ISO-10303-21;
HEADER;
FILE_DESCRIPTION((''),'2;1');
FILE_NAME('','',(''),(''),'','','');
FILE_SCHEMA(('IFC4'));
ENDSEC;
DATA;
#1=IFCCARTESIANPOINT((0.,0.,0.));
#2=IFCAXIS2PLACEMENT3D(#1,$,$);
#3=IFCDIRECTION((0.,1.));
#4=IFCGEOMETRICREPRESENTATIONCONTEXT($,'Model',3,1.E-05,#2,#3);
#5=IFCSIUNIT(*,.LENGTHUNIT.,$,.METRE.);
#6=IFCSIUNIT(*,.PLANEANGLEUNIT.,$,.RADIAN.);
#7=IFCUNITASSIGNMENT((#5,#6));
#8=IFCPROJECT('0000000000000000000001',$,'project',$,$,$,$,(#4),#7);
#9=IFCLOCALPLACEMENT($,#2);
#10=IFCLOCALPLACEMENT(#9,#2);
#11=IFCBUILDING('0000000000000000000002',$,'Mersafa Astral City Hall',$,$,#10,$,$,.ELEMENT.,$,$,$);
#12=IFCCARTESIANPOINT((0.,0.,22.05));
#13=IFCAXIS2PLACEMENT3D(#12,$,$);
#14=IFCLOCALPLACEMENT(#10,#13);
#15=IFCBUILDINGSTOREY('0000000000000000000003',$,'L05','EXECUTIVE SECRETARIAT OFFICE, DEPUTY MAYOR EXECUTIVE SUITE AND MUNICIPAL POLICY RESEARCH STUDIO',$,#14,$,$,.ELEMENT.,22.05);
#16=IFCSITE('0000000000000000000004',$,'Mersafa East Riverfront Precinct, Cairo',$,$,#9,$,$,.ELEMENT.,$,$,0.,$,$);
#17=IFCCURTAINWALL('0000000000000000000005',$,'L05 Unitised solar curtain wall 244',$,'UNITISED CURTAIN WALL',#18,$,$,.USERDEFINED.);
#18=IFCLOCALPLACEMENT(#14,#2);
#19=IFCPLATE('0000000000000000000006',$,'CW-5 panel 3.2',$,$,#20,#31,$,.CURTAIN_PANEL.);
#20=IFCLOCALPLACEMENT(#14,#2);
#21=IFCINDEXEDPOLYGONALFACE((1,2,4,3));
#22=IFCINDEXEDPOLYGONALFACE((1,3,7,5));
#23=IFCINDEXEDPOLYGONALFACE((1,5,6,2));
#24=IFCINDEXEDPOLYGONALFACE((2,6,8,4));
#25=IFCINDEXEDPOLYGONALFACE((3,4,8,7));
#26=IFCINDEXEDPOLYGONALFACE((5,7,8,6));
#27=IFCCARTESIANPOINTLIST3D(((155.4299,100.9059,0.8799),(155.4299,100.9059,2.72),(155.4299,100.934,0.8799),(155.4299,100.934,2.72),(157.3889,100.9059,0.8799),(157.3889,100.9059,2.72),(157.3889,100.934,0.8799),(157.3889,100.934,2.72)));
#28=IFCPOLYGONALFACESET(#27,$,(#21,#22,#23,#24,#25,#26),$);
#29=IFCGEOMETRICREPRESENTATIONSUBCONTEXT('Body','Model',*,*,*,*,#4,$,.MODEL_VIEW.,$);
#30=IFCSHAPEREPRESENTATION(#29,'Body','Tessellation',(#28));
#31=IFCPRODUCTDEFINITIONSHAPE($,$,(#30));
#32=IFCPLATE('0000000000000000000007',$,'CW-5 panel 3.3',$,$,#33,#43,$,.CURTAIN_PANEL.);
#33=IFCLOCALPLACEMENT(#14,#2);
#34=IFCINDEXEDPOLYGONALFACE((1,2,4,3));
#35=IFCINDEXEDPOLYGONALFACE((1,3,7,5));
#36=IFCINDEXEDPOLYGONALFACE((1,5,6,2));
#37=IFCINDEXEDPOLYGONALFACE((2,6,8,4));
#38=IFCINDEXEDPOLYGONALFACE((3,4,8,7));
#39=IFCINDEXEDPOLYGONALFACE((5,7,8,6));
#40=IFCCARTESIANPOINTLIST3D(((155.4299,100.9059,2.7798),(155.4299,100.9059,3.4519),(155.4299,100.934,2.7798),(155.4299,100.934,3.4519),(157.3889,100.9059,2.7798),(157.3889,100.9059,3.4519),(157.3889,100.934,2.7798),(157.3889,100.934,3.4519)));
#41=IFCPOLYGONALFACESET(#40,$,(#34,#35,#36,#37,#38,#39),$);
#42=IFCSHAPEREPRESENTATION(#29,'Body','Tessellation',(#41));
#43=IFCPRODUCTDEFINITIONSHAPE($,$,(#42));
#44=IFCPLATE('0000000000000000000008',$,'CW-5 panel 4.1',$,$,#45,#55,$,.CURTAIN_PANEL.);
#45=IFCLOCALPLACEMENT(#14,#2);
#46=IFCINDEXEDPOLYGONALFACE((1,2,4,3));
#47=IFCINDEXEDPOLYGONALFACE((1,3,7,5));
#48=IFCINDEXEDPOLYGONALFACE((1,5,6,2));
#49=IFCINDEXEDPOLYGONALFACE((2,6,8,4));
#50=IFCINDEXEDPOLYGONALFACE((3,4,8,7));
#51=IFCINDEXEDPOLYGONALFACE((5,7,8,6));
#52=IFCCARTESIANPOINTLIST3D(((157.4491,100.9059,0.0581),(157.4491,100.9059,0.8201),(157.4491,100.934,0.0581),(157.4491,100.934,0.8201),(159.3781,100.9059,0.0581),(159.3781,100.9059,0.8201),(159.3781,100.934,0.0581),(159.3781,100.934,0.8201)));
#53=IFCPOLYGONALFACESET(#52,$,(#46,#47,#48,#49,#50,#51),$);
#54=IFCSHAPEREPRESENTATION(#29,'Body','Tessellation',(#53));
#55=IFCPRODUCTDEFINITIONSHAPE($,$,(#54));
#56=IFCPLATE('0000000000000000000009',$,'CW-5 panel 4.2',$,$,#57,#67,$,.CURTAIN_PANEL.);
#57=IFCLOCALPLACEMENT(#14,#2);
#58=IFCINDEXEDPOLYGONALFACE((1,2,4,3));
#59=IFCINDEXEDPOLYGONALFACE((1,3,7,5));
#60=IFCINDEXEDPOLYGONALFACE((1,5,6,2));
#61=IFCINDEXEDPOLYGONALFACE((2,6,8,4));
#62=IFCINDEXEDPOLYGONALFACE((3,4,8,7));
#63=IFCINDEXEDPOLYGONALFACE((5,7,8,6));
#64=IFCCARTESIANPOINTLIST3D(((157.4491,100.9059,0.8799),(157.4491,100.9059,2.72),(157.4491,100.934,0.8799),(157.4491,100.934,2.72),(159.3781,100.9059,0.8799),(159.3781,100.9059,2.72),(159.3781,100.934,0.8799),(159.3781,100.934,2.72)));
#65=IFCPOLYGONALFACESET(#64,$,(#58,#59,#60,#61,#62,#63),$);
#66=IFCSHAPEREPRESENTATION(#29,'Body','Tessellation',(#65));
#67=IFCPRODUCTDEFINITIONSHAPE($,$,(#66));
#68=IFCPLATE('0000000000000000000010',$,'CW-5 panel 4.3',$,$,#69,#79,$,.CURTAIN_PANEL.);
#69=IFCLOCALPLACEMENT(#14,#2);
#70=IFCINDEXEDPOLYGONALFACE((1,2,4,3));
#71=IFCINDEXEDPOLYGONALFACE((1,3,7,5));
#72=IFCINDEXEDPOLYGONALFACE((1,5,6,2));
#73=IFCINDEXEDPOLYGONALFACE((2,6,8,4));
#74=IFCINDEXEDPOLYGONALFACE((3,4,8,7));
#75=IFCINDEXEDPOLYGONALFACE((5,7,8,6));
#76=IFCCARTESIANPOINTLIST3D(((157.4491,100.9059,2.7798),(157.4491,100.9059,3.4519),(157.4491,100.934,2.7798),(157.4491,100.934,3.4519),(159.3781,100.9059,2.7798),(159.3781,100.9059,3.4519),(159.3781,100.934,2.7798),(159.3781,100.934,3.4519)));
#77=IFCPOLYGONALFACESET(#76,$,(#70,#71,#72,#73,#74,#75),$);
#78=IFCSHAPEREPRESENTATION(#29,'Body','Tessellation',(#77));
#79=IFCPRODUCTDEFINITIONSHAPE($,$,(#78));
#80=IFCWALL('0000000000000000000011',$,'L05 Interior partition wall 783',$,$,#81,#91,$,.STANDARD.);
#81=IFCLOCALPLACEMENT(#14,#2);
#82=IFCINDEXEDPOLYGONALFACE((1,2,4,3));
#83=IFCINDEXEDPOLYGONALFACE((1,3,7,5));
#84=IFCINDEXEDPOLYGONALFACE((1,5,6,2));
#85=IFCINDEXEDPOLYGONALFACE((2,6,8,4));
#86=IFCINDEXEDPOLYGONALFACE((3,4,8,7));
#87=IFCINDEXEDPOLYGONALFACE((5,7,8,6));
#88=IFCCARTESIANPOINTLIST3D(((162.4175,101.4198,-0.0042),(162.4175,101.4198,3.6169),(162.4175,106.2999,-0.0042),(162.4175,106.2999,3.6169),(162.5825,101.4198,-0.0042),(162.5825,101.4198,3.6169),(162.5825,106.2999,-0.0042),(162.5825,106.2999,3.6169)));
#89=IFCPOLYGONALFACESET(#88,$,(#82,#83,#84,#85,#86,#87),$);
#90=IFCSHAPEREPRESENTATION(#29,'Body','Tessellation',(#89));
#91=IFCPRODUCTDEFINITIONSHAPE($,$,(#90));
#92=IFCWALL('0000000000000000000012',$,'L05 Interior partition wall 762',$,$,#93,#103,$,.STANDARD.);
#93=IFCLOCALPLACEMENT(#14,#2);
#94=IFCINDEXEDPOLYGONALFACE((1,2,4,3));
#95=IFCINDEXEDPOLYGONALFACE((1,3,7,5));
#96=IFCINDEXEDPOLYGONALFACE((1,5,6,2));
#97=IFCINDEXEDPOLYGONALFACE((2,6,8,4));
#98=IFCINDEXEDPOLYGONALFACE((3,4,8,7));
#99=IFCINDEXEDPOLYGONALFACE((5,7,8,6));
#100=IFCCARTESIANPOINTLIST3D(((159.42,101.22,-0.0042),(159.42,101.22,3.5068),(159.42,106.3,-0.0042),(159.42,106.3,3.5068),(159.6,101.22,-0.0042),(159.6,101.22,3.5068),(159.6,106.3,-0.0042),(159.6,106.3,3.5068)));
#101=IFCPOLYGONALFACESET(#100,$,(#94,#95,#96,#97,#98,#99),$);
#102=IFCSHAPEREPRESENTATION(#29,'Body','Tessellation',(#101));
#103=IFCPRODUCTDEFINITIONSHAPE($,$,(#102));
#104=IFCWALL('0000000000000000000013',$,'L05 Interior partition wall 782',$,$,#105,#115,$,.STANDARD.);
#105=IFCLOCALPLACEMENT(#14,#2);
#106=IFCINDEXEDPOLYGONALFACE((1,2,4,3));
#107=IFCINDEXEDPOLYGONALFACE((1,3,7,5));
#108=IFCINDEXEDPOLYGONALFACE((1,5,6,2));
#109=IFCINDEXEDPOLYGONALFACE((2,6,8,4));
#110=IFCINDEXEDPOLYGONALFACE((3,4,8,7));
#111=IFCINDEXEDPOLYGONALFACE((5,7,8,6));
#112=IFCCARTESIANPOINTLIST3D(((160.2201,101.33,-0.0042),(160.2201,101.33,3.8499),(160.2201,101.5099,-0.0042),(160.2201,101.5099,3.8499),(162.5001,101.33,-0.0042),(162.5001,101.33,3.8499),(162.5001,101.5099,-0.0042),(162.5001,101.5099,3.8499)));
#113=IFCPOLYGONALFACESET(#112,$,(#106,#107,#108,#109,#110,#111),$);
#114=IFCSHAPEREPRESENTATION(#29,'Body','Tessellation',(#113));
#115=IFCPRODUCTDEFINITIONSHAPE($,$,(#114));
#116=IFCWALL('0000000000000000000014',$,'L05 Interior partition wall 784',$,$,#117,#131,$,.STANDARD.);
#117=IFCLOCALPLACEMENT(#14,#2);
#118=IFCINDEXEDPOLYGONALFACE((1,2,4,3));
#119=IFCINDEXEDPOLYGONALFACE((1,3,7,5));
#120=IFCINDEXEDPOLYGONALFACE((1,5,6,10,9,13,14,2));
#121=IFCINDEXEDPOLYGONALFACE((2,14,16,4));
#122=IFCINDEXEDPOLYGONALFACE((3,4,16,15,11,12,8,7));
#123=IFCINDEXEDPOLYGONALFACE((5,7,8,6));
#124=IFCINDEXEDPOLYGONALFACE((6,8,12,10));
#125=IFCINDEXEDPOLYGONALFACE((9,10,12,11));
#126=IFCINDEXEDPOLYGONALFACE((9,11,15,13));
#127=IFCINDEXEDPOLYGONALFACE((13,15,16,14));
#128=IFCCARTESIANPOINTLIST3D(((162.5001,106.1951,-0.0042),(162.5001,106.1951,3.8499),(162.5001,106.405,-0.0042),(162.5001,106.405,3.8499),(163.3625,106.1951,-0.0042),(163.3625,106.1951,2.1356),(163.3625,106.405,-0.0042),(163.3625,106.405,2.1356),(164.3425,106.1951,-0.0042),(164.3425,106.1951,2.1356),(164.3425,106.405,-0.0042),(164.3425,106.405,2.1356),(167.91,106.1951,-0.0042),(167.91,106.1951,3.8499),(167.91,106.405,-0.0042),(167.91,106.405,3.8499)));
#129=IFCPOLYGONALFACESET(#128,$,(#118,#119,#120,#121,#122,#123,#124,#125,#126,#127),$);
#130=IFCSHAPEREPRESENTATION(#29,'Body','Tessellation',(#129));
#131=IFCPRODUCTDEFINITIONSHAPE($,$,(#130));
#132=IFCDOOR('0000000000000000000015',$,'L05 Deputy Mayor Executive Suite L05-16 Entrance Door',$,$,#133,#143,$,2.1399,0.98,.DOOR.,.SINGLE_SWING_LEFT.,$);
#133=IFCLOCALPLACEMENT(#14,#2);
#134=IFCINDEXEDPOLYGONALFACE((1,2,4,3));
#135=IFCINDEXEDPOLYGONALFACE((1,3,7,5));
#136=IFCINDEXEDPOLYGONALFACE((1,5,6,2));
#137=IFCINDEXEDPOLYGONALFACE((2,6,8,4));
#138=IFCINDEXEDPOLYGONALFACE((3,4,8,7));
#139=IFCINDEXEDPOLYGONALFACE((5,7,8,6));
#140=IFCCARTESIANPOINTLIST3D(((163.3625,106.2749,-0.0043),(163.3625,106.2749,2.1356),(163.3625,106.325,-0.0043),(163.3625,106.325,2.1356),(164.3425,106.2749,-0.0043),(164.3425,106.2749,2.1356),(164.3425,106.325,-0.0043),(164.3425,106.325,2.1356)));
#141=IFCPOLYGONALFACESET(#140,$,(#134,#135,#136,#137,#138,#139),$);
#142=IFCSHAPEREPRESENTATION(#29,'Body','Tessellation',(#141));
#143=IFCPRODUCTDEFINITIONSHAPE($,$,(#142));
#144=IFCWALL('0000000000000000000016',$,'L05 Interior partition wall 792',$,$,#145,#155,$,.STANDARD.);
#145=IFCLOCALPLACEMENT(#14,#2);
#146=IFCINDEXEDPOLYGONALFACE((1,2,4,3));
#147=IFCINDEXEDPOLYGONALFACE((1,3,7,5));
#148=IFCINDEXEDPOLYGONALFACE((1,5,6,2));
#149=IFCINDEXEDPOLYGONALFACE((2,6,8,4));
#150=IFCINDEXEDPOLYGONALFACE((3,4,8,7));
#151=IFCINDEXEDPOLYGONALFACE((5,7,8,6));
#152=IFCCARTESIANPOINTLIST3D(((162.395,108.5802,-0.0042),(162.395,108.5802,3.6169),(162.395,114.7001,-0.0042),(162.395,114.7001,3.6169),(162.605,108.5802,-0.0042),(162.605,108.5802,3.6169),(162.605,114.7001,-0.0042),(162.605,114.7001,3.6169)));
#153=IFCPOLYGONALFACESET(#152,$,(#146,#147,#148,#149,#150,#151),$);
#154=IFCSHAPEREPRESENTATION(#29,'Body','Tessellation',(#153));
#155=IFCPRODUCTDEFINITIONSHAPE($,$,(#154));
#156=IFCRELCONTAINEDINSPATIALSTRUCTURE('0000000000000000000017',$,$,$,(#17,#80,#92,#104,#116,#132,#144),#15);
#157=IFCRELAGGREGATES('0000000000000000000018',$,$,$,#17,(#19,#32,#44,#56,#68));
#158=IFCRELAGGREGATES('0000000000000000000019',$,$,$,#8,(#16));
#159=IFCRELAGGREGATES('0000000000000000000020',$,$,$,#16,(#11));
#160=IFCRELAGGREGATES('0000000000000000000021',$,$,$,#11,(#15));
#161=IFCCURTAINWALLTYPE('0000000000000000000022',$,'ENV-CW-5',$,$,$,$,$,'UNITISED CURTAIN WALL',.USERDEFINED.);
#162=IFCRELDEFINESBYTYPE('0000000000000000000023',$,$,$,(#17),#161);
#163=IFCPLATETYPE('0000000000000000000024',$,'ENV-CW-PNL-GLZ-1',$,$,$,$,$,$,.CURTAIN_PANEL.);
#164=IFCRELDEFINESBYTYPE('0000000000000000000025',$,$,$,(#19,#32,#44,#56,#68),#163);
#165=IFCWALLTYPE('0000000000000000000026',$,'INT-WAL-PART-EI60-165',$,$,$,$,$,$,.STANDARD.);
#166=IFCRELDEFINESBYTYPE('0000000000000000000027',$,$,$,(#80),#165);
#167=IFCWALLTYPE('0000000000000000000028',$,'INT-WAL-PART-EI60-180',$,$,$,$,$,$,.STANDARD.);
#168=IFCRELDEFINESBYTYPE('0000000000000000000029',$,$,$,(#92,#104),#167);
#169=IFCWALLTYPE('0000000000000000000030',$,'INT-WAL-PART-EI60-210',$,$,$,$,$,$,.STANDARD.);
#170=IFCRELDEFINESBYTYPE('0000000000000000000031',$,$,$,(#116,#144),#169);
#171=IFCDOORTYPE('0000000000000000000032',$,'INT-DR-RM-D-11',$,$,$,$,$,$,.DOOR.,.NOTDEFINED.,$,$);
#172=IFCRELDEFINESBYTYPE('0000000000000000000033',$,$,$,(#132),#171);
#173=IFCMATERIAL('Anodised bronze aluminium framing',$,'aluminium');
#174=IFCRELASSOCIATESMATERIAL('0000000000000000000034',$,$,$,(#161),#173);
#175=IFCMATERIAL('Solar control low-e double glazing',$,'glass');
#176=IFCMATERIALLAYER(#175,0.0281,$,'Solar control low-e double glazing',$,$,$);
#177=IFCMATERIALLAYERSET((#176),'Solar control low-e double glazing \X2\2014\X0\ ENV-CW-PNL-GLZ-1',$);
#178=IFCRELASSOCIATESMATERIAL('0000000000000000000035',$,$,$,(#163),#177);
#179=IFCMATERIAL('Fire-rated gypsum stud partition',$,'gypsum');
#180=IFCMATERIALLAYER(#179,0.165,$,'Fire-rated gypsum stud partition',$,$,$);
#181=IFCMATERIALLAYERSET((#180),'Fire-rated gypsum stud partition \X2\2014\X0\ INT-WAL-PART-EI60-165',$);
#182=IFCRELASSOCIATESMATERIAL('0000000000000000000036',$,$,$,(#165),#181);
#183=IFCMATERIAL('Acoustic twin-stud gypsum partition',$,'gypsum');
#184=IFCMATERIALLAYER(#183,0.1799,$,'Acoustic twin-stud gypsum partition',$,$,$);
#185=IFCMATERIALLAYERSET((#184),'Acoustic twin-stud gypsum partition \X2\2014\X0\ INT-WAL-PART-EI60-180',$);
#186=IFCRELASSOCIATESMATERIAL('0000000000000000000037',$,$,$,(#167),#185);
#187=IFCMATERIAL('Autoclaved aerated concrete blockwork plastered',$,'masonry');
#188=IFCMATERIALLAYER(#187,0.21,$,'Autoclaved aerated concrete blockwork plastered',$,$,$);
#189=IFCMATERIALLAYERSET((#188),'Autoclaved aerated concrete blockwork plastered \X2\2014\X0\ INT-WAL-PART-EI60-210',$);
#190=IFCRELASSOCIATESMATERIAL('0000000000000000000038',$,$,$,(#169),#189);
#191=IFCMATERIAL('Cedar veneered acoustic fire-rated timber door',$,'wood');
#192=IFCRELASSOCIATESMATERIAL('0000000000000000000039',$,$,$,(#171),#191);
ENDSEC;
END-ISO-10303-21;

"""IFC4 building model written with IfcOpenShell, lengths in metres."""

from ifc_helpers import new_model, si_unit, direction, frame, frame_2d, origin, origin_2d, place, context, subcontext, project, spatial, rectangle, extrude, material, layer, layer_set, type_object, element, fill, aggregate, save


model = new_model("IFC4")

# Units and contexts
model_context = context("Model", 3, precision=1e-05, world=origin(), true_north=direction((0.0, 1.0)))
body_context = subcontext(model_context, "Body", "Model", "MODEL_VIEW")
ifc_project = project(units=[si_unit("LENGTHUNIT", "METRE"), si_unit("PLANEANGLEUNIT", "RADIAN")], contexts=[model_context])

# Site, building, storey
site_placement = place(None, origin())
site = spatial("IfcSite", under=ifc_project, at=site_placement, Name="Mersafa East Riverfront Precinct, Cairo", CompositionType="ELEMENT", RefElevation=0.0)
building_placement = place(site_placement, origin())
building = spatial("IfcBuilding", under=site, at=building_placement, Name="Mersafa Astral City Hall", CompositionType="ELEMENT")
storey_placement = place(building_placement, frame((0.0, 0.0, 22.05)))
storey = spatial("IfcBuildingStorey", under=building, at=storey_placement, Name="L05", Description="EXECUTIVE SECRETARIAT OFFICE, DEPUTY MAYOR EXECUTIVE SUITE AND MUNICIPAL POLICY RESEARCH STUDIO", CompositionType="ELEMENT", Elevation=22.05)

# Curtain wall
ifc_material_1 = material(Name="Anodised bronze aluminium framing", Category="aluminium")
curtain_wall_type = type_object("IfcCurtainWallType", Name="ENV-CW-5", ElementType="UNITISED CURTAIN WALL", PredefinedType="USERDEFINED", material=ifc_material_1)
curtain_wall_placement = place(storey_placement, origin())
curtain_wall = element("IfcCurtainWall", 1, at=curtain_wall_placement, inside=storey, type_object=curtain_wall_type, Name="L05 Unitised solar curtain wall 244", ObjectType="UNITISED CURTAIN WALL", PredefinedType="USERDEFINED")

# Plates
ifc_material_2 = material(Name="Solar control low-e double glazing", Category="glass")
ifc_layer_1 = layer(ifc_material_2, 0.0281, Name="Solar control low-e double glazing")
ifc_layer_set_1 = layer_set([ifc_layer_1], Name="Solar control low-e double glazing — ENV-CW-PNL-GLZ-1")
plate_type = type_object("IfcPlateType", Name="ENV-CW-PNL-GLZ-1", PredefinedType="CURTAIN_PANEL", material=ifc_layer_set_1)
plate_1_placement = place(storey_placement, frame((156.4094, 100.9199, 0.8799), z_axis=(0.0, 0.0, 1.0), x_axis=(1.0, 0.0, 0.0)))
plate_1 = element("IfcPlate", 2, at=plate_1_placement, type_object=plate_type, Name="CW-5 panel 3.2", PredefinedType="CURTAIN_PANEL", context=body_context, shape_type="SweptSolid", body=[
    extrude(rectangle(XDim=1.959, YDim=0.0281, at=origin_2d()), origin(), (0.0, 0.0, 1.0), 1.8401),
])
plate_2_placement = place(storey_placement, frame((156.4094, 100.9199, 2.7798), z_axis=(0.0, 0.0, 1.0), x_axis=(1.0, 0.0, 0.0)))
plate_2 = element("IfcPlate", 3, at=plate_2_placement, type_object=plate_type, Name="CW-5 panel 3.3", PredefinedType="CURTAIN_PANEL", context=body_context, shape_type="SweptSolid", body=[
    extrude(rectangle(XDim=1.959, YDim=0.0281, at=origin_2d()), origin(), (0.0, 0.0, 1.0), 0.6721),
])
plate_3_placement = place(storey_placement, frame((158.4136, 100.9199, 0.0581), z_axis=(0.0, 0.0, 1.0), x_axis=(1.0, 0.0, 0.0)))
plate_3 = element("IfcPlate", 4, at=plate_3_placement, type_object=plate_type, Name="CW-5 panel 4.1", PredefinedType="CURTAIN_PANEL", context=body_context, shape_type="SweptSolid", body=[
    extrude(rectangle(XDim=1.929, YDim=0.0281, at=origin_2d()), origin(), (0.0, 0.0, 1.0), 0.762),
])
plate_4_placement = place(storey_placement, frame((158.4136, 100.9199, 0.8799), z_axis=(0.0, 0.0, 1.0), x_axis=(1.0, 0.0, 0.0)))
plate_4 = element("IfcPlate", 5, at=plate_4_placement, type_object=plate_type, Name="CW-5 panel 4.2", PredefinedType="CURTAIN_PANEL", context=body_context, shape_type="SweptSolid", body=[
    extrude(rectangle(XDim=1.929, YDim=0.0281, at=origin_2d()), origin(), (0.0, 0.0, 1.0), 1.8401),
])
plate_5_placement = place(storey_placement, frame((158.4136, 100.9199, 2.7798), z_axis=(0.0, 0.0, 1.0), x_axis=(1.0, 0.0, 0.0)))
plate_5 = element("IfcPlate", 6, at=plate_5_placement, type_object=plate_type, Name="CW-5 panel 4.3", PredefinedType="CURTAIN_PANEL", context=body_context, shape_type="SweptSolid", body=[
    extrude(rectangle(XDim=1.929, YDim=0.0281, at=origin_2d()), origin(), (0.0, 0.0, 1.0), 0.6721),
])
aggregate(curtain_wall, [plate_1, plate_2, plate_3, plate_4, plate_5])

# Walls
ifc_material_3 = material(Name="Fire-rated gypsum stud partition", Category="gypsum")
ifc_layer_2 = layer(ifc_material_3, 0.165, Name="Fire-rated gypsum stud partition")
ifc_layer_set_2 = layer_set([ifc_layer_2], Name="Fire-rated gypsum stud partition — INT-WAL-PART-EI60-165")
wall_type_1 = type_object("IfcWallType", Name="INT-WAL-PART-EI60-165", PredefinedType="STANDARD", material=ifc_layer_set_2)
wall_1_placement = place(storey_placement, frame((162.5, 101.4199, -0.0042), z_axis=(0.0, 0.0, 1.0), x_axis=(0.0, 1.0, 0.0)))
element("IfcWall", 7, at=wall_1_placement, inside=storey, type_object=wall_type_1, Name="L05 Interior partition wall 783", PredefinedType="STANDARD", context=body_context, shape_type="SweptSolid", body=[
    extrude(rectangle(XDim=4.8801, YDim=0.165, at=frame_2d((2.4399, 0.0))), origin(), (0.0, 0.0, 1.0), 3.6211),
])
ifc_material_4 = material(Name="Acoustic twin-stud gypsum partition", Category="gypsum")
ifc_layer_3 = layer(ifc_material_4, 0.1799, Name="Acoustic twin-stud gypsum partition")
ifc_layer_set_3 = layer_set([ifc_layer_3], Name="Acoustic twin-stud gypsum partition — INT-WAL-PART-EI60-180")
wall_type_2 = type_object("IfcWallType", Name="INT-WAL-PART-EI60-180", PredefinedType="STANDARD", material=ifc_layer_set_3)
wall_2_placement = place(storey_placement, frame((159.51, 106.3, -0.0042), z_axis=(0.0, 0.0, 1.0), x_axis=(0.0, -1.0, 0.0)))
element("IfcWall", 8, at=wall_2_placement, inside=storey, type_object=wall_type_2, Name="L05 Interior partition wall 762", PredefinedType="STANDARD", context=body_context, shape_type="SweptSolid", body=[
    extrude(rectangle(XDim=5.0801, YDim=0.1799, at=frame_2d((2.54, 0.0))), origin(), (0.0, 0.0, 1.0), 3.511),
])
wall_3_placement = place(storey_placement, frame((160.22, 101.4199, -0.0042), z_axis=(0.0, 0.0, 1.0), x_axis=(1.0, 0.0, 0.0)))
element("IfcWall", 9, at=wall_3_placement, inside=storey, type_object=wall_type_2, Name="L05 Interior partition wall 782", PredefinedType="STANDARD", context=body_context, shape_type="SweptSolid", body=[
    extrude(rectangle(XDim=2.28, YDim=0.1799, at=frame_2d((1.1401, 0.0))), origin(), (0.0, 0.0, 1.0), 3.854),
])

# Wall, opening, door
ifc_material_5 = material(Name="Autoclaved aerated concrete blockwork plastered", Category="masonry")
ifc_layer_4 = layer(ifc_material_5, 0.21, Name="Autoclaved aerated concrete blockwork plastered")
ifc_layer_set_4 = layer_set([ifc_layer_4], Name="Autoclaved aerated concrete blockwork plastered — INT-WAL-PART-EI60-210")
wall_type_3 = type_object("IfcWallType", Name="INT-WAL-PART-EI60-210", PredefinedType="STANDARD", material=ifc_layer_set_4)
wall_4_placement = place(storey_placement, frame((162.5, 106.3, -0.0042), z_axis=(0.0, 0.0, 1.0), x_axis=(1.0, 0.0, 0.0)))
wall_4 = element("IfcWall", 10, at=wall_4_placement, inside=storey, type_object=wall_type_3, Name="L05 Interior partition wall 784", PredefinedType="STANDARD", context=body_context, shape_type="SweptSolid", body=[
    extrude(rectangle(XDim=5.4099, YDim=0.21, at=frame_2d((2.7051, 0.0))), origin(), (0.0, 0.0, 1.0), 3.854),
])
opening_placement = place(wall_4_placement, frame((0.8625, 0.0, 0.0)))
opening = element("IfcOpeningElement", 11, at=opening_placement, cuts=wall_4, PredefinedType="OPENING", context=body_context, shape_type="SweptSolid", body=[
    extrude(rectangle(XDim=0.98, YDim=2.1399, at=frame_2d((0.49, 1.0698))), frame((0.0, 0.115, 0.0), z_axis=(0.0, -1.0, 0.0), x_axis=(1.0, 0.0, 0.0)), (0.0, 0.0, 1.0), 0.23),
])
ifc_material_6 = material(Name="Cedar veneered acoustic fire-rated timber door", Category="wood")
door_type = type_object("IfcDoorType", Name="INT-DR-RM-D-11", OperationType="NOTDEFINED", PredefinedType="DOOR", material=ifc_material_6)
door_placement = place(opening_placement, origin())
door = element("IfcDoor", 12, at=door_placement, inside=storey, type_object=door_type, Name="L05 Deputy Mayor Executive Suite L05-16 Entrance Door", OperationType="SINGLE_SWING_LEFT", OverallHeight=2.1399, OverallWidth=0.98, PredefinedType="DOOR", context=body_context, shape_type="SweptSolid", body=[
    extrude(rectangle(XDim=0.98, YDim=2.1399, at=frame_2d((0.49, 1.0698))), frame((0.0, 0.0249, 0.0), z_axis=(0.0, -1.0, 0.0), x_axis=(1.0, 0.0, 0.0)), (0.0, 0.0, 1.0), 0.05),
])
fill(opening, door)

# Wall
wall_5_placement = place(storey_placement, frame((162.5, 108.5801, -0.0042), z_axis=(0.0, 0.0, 1.0), x_axis=(0.0, 1.0, 0.0)))
element("IfcWall", 13, at=wall_5_placement, inside=storey, type_object=wall_type_3, Name="L05 Interior partition wall 792", PredefinedType="STANDARD", context=body_context, shape_type="SweptSolid", body=[
    extrude(rectangle(XDim=6.1199, YDim=0.21, at=frame_2d((3.0601, 0.0))), origin(), (0.0, 0.0, 1.0), 3.6211),
])

save(model, "model.ifc")
